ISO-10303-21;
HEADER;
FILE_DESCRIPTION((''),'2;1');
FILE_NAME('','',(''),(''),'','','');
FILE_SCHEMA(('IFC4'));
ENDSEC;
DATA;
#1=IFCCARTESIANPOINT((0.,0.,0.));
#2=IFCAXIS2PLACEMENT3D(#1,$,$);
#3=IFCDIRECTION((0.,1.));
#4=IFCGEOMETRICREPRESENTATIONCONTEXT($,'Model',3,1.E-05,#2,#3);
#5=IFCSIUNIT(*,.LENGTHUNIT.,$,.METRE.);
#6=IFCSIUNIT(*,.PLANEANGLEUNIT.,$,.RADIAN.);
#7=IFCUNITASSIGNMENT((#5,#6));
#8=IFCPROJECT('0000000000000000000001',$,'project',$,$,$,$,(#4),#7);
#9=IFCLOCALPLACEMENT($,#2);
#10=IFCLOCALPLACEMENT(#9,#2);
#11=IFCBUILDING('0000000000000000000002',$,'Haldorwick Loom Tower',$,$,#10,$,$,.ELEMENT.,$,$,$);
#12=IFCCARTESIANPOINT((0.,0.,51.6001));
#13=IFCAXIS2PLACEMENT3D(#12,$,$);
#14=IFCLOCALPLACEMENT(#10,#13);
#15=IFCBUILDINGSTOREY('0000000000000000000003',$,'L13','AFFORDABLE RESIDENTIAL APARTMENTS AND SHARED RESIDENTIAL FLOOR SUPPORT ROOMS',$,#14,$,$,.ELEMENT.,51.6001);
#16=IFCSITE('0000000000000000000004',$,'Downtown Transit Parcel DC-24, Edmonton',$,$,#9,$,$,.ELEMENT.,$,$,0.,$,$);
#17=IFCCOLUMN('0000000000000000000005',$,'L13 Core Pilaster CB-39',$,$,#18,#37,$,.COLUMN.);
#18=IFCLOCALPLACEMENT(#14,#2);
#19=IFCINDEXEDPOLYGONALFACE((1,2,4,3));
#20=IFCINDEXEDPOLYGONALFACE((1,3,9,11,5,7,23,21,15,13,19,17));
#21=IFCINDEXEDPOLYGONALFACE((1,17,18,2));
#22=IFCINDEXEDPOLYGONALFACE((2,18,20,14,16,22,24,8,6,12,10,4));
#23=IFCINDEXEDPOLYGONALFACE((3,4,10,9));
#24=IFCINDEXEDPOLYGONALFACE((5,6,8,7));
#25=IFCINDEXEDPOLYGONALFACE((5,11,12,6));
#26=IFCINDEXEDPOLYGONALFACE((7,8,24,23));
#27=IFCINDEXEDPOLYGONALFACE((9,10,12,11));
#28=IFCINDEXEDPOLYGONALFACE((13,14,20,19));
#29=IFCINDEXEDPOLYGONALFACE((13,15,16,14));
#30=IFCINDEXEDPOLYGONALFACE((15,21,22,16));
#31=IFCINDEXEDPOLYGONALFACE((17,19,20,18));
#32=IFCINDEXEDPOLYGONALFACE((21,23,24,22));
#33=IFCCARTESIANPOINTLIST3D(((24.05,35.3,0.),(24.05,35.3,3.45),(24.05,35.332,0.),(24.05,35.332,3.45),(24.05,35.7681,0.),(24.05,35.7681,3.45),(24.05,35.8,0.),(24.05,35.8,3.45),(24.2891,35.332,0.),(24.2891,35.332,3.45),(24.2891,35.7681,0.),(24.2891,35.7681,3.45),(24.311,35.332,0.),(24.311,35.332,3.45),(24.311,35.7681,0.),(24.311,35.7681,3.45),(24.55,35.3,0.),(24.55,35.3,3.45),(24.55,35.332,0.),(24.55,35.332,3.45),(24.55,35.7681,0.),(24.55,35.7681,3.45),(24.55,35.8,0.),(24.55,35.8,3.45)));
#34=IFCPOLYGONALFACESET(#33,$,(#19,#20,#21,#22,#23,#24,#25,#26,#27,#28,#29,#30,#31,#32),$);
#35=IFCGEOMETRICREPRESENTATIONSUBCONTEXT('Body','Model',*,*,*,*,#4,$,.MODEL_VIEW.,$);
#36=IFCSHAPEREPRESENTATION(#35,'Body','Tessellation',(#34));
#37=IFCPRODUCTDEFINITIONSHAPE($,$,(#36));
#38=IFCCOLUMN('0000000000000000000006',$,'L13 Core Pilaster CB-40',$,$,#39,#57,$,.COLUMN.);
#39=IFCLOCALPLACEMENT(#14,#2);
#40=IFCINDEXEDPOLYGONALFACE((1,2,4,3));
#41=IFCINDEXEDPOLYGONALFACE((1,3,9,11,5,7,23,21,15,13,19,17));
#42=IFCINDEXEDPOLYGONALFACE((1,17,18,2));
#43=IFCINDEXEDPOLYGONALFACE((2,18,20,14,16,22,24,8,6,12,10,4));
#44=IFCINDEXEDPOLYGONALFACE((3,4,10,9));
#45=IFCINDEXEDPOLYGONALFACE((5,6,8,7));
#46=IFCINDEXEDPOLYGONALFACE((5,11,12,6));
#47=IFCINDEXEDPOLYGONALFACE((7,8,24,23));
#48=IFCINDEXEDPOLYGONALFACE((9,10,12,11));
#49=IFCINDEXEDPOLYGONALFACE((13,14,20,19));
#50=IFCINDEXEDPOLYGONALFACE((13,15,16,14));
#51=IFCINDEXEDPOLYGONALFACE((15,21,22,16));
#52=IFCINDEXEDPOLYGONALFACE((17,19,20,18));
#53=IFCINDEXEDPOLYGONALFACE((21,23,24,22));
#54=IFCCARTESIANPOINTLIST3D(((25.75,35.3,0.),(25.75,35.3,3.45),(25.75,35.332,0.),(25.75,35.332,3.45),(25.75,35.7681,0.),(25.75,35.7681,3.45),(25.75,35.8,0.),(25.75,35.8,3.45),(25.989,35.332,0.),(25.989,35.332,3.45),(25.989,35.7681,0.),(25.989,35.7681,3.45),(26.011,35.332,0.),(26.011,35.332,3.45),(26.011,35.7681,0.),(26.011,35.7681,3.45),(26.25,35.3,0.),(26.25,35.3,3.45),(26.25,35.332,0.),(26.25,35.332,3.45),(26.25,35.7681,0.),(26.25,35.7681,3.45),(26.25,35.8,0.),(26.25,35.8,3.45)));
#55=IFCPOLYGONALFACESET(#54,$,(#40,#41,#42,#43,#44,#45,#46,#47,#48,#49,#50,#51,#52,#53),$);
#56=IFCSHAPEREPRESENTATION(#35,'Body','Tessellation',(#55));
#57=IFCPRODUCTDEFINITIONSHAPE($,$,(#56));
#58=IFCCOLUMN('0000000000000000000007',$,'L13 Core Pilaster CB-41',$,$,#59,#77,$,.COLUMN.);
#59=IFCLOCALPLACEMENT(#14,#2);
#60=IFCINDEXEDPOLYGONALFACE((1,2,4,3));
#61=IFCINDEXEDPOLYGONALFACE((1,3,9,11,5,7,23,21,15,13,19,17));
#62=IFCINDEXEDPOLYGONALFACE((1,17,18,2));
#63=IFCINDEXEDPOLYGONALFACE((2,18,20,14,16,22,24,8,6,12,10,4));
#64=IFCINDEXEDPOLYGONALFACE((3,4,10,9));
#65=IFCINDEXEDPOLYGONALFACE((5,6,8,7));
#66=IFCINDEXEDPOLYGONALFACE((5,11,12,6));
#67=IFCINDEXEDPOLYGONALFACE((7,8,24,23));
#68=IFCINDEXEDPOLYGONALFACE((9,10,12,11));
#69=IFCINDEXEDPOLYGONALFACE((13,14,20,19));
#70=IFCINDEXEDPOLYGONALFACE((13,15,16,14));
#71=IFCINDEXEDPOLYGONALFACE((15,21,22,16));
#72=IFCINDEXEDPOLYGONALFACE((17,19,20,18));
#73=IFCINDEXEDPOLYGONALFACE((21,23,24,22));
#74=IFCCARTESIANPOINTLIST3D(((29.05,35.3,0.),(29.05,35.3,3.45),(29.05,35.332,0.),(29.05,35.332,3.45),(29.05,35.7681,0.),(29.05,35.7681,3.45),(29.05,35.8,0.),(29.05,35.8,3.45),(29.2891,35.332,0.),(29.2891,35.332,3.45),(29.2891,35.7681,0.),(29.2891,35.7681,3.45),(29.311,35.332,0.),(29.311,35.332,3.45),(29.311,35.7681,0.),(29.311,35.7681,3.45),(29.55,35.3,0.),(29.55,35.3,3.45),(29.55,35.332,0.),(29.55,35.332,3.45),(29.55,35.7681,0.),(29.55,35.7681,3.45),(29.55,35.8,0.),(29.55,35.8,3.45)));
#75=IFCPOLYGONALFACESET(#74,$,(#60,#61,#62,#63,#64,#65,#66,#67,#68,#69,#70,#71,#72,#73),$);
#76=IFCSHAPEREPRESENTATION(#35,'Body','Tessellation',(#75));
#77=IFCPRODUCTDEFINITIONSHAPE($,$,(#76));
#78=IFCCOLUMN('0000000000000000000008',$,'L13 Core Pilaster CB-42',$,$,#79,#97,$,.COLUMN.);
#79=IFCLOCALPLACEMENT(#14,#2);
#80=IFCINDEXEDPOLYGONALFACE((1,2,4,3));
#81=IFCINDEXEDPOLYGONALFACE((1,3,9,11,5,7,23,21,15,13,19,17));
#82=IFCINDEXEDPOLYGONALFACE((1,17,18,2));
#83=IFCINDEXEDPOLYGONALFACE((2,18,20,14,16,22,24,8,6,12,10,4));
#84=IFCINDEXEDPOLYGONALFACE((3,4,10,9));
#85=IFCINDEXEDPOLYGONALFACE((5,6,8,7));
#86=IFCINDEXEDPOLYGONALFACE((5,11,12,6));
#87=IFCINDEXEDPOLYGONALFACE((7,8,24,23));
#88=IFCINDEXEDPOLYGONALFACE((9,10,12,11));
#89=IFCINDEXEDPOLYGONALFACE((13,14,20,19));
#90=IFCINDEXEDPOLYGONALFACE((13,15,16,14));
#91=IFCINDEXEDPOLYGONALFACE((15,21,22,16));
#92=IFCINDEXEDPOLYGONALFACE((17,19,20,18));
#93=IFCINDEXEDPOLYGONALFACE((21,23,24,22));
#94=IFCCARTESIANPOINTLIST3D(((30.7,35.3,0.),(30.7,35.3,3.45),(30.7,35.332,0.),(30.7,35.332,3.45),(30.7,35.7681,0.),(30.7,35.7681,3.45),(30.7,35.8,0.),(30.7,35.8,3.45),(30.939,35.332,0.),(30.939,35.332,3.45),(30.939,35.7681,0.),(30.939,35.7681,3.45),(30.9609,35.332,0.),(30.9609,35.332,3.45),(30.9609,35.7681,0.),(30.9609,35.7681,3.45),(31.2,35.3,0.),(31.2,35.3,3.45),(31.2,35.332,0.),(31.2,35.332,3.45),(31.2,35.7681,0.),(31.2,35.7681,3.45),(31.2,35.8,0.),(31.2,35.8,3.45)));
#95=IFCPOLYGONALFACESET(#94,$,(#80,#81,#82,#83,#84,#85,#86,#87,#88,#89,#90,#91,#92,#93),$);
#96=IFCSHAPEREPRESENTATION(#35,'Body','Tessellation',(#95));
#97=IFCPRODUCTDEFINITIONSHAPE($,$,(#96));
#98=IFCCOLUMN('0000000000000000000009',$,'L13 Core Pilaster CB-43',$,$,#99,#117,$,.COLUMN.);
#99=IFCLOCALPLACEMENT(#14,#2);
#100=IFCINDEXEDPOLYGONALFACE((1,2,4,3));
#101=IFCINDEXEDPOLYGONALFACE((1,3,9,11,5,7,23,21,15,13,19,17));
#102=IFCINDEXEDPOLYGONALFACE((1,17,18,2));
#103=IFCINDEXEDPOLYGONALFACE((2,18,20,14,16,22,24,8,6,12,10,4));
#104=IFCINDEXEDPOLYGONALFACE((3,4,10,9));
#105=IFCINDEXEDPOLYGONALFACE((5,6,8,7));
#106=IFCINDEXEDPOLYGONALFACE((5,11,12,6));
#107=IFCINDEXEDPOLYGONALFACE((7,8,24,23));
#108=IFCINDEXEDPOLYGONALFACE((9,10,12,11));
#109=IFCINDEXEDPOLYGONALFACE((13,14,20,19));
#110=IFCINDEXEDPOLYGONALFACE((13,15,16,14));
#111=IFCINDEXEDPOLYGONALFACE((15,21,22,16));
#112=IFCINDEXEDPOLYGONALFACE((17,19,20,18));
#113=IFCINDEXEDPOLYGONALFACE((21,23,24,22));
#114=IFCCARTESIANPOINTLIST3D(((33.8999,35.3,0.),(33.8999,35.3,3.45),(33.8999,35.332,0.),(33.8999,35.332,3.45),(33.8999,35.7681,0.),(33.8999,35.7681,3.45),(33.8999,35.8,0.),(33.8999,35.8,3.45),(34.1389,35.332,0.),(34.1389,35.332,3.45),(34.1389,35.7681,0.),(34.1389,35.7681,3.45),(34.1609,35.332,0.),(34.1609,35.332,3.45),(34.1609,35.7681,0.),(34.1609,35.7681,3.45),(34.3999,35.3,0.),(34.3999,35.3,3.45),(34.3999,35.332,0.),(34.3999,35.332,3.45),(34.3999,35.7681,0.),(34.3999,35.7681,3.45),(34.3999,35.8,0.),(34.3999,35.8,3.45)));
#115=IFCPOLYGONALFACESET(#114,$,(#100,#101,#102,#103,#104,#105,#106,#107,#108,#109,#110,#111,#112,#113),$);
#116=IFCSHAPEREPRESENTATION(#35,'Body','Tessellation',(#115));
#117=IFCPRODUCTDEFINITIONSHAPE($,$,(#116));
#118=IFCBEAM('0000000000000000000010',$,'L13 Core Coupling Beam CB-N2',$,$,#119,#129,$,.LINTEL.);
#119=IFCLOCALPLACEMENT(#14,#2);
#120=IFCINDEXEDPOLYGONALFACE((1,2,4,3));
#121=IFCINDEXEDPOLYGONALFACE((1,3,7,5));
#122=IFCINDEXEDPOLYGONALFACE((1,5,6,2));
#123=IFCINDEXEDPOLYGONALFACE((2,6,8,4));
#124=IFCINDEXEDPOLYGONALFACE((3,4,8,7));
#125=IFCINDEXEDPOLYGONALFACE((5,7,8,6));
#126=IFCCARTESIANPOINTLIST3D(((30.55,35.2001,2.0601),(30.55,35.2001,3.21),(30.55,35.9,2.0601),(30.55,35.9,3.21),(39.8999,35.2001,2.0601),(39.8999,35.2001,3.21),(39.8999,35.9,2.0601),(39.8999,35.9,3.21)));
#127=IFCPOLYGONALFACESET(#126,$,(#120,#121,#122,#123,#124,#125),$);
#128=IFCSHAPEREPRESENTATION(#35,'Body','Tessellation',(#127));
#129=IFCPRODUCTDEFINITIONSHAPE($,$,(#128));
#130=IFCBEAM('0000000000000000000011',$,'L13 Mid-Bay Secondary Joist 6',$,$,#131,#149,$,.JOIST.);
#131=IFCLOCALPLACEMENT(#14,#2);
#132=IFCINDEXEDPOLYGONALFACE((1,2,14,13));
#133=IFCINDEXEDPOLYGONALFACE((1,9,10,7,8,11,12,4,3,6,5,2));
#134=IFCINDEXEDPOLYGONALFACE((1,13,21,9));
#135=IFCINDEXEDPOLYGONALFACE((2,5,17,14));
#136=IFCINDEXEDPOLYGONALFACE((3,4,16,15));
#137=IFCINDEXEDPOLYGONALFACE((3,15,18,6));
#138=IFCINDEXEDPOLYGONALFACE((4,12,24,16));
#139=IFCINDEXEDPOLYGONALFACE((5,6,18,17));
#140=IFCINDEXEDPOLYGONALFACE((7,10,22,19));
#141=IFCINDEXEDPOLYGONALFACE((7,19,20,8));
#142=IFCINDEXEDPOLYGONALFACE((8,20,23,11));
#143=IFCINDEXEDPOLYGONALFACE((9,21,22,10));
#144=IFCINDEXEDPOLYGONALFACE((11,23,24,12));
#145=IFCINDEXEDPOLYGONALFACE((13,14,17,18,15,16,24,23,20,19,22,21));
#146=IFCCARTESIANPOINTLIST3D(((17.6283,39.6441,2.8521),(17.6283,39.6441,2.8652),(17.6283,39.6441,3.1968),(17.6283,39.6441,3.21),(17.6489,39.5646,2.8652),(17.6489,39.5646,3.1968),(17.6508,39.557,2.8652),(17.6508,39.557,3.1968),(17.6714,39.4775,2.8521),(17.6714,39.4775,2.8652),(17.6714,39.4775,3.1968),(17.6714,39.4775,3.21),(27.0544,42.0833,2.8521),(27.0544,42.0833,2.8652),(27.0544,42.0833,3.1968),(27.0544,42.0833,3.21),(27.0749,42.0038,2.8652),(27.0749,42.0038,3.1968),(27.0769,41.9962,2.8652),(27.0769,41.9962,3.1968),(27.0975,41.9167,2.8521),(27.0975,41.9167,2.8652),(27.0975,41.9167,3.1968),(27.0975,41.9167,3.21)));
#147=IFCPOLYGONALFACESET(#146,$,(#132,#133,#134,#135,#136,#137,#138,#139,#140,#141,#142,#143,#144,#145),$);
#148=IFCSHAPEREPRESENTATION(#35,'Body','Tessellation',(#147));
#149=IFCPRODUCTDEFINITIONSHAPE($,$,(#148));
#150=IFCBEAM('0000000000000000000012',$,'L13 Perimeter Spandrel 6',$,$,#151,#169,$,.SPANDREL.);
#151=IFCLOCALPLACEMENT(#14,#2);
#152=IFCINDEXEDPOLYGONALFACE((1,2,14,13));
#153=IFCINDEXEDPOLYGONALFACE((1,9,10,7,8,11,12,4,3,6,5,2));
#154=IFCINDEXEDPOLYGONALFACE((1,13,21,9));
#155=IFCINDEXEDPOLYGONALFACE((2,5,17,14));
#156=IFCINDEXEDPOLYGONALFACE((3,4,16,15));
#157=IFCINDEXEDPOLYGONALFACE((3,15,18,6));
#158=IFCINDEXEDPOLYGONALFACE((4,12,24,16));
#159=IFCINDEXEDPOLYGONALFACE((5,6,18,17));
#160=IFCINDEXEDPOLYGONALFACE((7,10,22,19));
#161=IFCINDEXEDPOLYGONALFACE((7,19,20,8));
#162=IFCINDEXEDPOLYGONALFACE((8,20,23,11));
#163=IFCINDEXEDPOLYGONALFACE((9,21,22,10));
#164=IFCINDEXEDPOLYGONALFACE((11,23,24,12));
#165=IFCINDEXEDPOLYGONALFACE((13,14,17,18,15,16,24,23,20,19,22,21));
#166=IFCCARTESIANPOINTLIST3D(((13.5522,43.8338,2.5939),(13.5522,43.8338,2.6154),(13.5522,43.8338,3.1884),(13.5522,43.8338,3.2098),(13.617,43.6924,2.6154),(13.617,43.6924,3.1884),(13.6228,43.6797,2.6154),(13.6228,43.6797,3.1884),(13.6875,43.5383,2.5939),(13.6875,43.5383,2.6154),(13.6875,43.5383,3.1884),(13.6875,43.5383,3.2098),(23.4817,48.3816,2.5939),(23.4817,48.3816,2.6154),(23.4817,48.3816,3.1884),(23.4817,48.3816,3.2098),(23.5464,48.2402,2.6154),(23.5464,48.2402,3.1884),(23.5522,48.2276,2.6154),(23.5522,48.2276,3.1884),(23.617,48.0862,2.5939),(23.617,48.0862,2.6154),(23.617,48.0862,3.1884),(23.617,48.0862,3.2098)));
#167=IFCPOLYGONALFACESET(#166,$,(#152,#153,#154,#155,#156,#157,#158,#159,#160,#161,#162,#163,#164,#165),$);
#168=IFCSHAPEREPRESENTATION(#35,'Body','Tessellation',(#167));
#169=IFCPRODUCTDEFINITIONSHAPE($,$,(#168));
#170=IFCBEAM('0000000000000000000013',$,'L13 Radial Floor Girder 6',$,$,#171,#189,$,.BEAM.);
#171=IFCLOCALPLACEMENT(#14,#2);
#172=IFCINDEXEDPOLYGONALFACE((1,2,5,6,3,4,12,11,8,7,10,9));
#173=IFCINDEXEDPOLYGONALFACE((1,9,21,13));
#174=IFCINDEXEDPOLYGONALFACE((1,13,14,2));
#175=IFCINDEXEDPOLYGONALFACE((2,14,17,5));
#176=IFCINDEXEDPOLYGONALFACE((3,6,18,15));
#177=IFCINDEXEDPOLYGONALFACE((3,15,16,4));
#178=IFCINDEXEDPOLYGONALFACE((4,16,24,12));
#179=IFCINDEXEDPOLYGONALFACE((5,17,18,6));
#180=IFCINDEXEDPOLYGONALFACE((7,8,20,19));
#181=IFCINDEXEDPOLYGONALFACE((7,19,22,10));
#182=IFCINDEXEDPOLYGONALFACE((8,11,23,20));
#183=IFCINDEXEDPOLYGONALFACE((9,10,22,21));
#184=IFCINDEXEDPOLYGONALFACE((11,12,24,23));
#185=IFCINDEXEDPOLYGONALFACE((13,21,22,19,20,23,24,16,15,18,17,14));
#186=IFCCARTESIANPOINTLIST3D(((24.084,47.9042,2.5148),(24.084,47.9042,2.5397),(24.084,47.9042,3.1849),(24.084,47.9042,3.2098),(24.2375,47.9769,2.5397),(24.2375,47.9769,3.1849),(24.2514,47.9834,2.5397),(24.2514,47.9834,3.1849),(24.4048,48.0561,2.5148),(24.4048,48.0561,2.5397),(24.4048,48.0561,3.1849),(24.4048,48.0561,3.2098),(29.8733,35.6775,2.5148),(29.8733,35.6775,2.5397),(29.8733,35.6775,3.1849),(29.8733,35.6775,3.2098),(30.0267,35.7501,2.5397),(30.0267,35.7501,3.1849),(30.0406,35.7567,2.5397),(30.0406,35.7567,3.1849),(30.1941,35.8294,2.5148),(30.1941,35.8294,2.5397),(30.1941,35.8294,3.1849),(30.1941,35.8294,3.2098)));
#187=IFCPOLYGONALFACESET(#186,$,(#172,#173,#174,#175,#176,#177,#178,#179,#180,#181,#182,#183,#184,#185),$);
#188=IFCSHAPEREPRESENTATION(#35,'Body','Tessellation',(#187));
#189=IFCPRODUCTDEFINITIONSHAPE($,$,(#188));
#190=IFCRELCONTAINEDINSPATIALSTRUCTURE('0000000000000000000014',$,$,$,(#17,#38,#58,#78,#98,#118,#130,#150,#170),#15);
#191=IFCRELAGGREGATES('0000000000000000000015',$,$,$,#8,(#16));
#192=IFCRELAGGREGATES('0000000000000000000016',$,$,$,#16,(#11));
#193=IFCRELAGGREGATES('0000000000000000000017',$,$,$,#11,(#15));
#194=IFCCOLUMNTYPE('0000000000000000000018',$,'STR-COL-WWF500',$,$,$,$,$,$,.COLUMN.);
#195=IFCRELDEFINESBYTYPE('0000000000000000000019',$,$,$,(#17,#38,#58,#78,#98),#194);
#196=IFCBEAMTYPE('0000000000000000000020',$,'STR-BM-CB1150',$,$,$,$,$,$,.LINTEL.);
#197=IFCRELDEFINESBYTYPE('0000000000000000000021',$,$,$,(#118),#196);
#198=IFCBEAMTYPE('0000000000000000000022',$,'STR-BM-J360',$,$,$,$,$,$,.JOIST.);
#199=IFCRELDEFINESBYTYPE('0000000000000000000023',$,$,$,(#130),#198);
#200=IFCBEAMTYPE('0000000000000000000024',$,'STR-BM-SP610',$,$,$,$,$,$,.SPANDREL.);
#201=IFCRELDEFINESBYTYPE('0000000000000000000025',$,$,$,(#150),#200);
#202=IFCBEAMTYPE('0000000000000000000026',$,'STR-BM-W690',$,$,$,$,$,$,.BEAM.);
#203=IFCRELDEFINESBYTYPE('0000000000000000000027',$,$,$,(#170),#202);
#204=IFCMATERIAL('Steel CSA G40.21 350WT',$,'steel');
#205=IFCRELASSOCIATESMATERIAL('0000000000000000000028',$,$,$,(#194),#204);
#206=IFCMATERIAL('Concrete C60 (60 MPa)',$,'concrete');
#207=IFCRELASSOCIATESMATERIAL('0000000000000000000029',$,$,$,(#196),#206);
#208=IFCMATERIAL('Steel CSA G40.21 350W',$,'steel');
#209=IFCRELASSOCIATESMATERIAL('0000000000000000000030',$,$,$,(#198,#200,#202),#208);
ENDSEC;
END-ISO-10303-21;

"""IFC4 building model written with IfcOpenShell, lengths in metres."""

from ifc_helpers import new_model, si_unit, direction, frame, origin, origin_2d, place, context, subcontext, project, spatial, rectangle, i_section, extrude, material, material_profile, profile_set, type_object, element, save


model = new_model("IFC4")

# Units and contexts
model_context = context("Model", 3, precision=1e-05, world=origin(), true_north=direction((0.0, 1.0)))
body_context = subcontext(model_context, "Body", "Model", "MODEL_VIEW")
ifc_project = project(units=[si_unit("LENGTHUNIT", "METRE"), si_unit("PLANEANGLEUNIT", "RADIAN")], contexts=[model_context])

# Site, building, storey
site_placement = place(None, origin())
site = spatial("IfcSite", under=ifc_project, at=site_placement, Name="Downtown Transit Parcel DC-24, Edmonton", CompositionType="ELEMENT", RefElevation=0.0)
building_placement = place(site_placement, origin())
building = spatial("IfcBuilding", under=site, at=building_placement, Name="Haldorwick Loom Tower", CompositionType="ELEMENT")
storey_placement = place(building_placement, frame((0.0, 0.0, 51.6001)))
storey = spatial("IfcBuildingStorey", under=building, at=storey_placement, Name="L13", Description="AFFORDABLE RESIDENTIAL APARTMENTS AND SHARED RESIDENTIAL FLOOR SUPPORT ROOMS", CompositionType="ELEMENT", Elevation=51.6001)

# Columns
ifc_material_1 = material(Name="Concrete C60 (60 MPa)", Category="concrete")
ifc_material_2 = material(Name="Steel CSA G40.21 350WT", Category="steel")
ifc_material_profile_1 = material_profile(ifc_material_2, i_section(OverallWidth=0.5, OverallDepth=0.5, WebThickness=0.022, FlangeThickness=0.032, at=origin_2d()), Name="WWF500X500", Category="steel")
ifc_profile_set_1 = profile_set([ifc_material_profile_1], Name="Steel CSA G40.21 350WT")
column_type_1 = type_object("IfcColumnType", Name="STR-COL-WWF500", PredefinedType="COLUMN", material=ifc_profile_set_1)
for number, where, z_axis, x_axis, name in (
    (1, (24.3, 35.55, 0.0), (0.0, 0.0, 1.0), (1.0, 0.0, 0.0), "L13 Core Pilaster CB-39"),
    (2, (26.0, 35.55, 0.0), (0.0, 0.0, 1.0), (1.0, 0.0, 0.0), "L13 Core Pilaster CB-40"),
    (3, (29.3, 35.55, 0.0), (0.0, 0.0, 1.0), (1.0, 0.0, 0.0), "L13 Core Pilaster CB-41"),
    (4, (30.95, 35.55, 0.0), (0.0, 0.0, 1.0), (1.0, 0.0, 0.0), "L13 Core Pilaster CB-42"),
    (5, (34.1499, 35.55, 0.0), (0.0, 0.0, 1.0), (1.0, 0.0, 0.0), "L13 Core Pilaster CB-43"),
):
    element("IfcColumn", number, at=place(storey_placement, frame(where, z_axis=z_axis, x_axis=x_axis)), inside=storey, type_object=column_type_1, Name=name, PredefinedType="COLUMN", context=body_context, shape_type="SweptSolid", body=[
        extrude(i_section(OverallWidth=0.5, OverallDepth=0.5, WebThickness=0.022, FlangeThickness=0.032, at=origin_2d()), origin(), (0.0, 0.0, 1.0), 3.45),
    ])

# Beams
ifc_material_profile_2 = material_profile(ifc_material_1, rectangle(XDim=0.7, YDim=1.1499, at=origin_2d()), Name="RC700X1150", Category="concrete")
ifc_profile_set_2 = profile_set([ifc_material_profile_2], Name="Concrete C60 (60 MPa)")
beam_type_1 = type_object("IfcBeamType", Name="STR-BM-CB1150", PredefinedType="LINTEL", material=ifc_profile_set_2)
beam_1_placement = place(storey_placement, frame((30.55, 35.55, 2.635), z_axis=(1.0, 0.0, 0.0), x_axis=(0.0, 1.0, 0.0)))
element("IfcBeam", 6, at=beam_1_placement, inside=storey, type_object=beam_type_1, Name="L13 Core Coupling Beam CB-N2", PredefinedType="LINTEL", context=body_context, shape_type="SweptSolid", body=[
    extrude(rectangle(XDim=0.7, YDim=1.1499, at=origin_2d()), origin(), (0.0, 0.0, 1.0), 9.3499),
])
ifc_material_3 = material(Name="Steel CSA G40.21 350W", Category="steel")
ifc_material_profile_3 = material_profile(ifc_material_3, i_section(OverallWidth=0.1721, OverallDepth=0.3579, WebThickness=0.0078, FlangeThickness=0.0132, at=origin_2d()), Name="W360X57", Category="steel")
ifc_profile_set_3 = profile_set([ifc_material_profile_3], Name="Steel CSA G40.21 350W")
beam_type_2 = type_object("IfcBeamType", Name="STR-BM-J360", PredefinedType="JOIST", material=ifc_profile_set_3)
beam_2_placement = place(storey_placement, frame((27.0759, 42.0, 3.031), z_axis=(-0.968111, -0.250522, 0.0), x_axis=(0.250522, -0.968111, 0.0)))
element("IfcBeam", 7, at=beam_2_placement, inside=storey, type_object=beam_type_2, Name="L13 Mid-Bay Secondary Joist 6", PredefinedType="JOIST", context=body_context, shape_type="SweptSolid", body=[
    extrude(i_section(OverallWidth=0.1721, OverallDepth=0.3579, WebThickness=0.0078, FlangeThickness=0.0132, at=origin_2d()), origin(), (0.0, 0.0, 1.0), 9.7366),
])
ifc_material_profile_4 = material_profile(ifc_material_3, i_section(OverallWidth=0.325, OverallDepth=0.616, WebThickness=0.0139, FlangeThickness=0.0215, at=origin_2d()), Name="W610X174", Category="steel")
ifc_profile_set_4 = profile_set([ifc_material_profile_4], Name="Steel CSA G40.21 350W")
beam_type_3 = type_object("IfcBeamType", Name="STR-BM-SP610", PredefinedType="SPANDREL", material=ifc_profile_set_4)
beam_3_placement = place(storey_placement, frame((23.5493, 48.2339, 2.9019), z_axis=(-0.909174, -0.416417, 0.0), x_axis=(0.416417, -0.909174, 0.0)))
element("IfcBeam", 8, at=beam_3_placement, inside=storey, type_object=beam_type_3, Name="L13 Perimeter Spandrel 6", PredefinedType="SPANDREL", context=body_context, shape_type="SweptSolid", body=[
    extrude(i_section(OverallWidth=0.325, OverallDepth=0.616, WebThickness=0.0139, FlangeThickness=0.0215, at=origin_2d()), origin(), (0.0, 0.0, 1.0), 10.9214),
])
ifc_material_profile_5 = material_profile(ifc_material_3, i_section(OverallWidth=0.355, OverallDepth=0.6951, WebThickness=0.0154, FlangeThickness=0.0249, at=origin_2d()), Name="W690X217", Category="steel")
ifc_profile_set_5 = profile_set([ifc_material_profile_5], Name="Steel CSA G40.21 350W")
beam_type_4 = type_object("IfcBeamType", Name="STR-BM-W690", PredefinedType="BEAM", material=ifc_profile_set_5)
beam_4_placement = place(storey_placement, frame((30.0337, 35.7534, 2.8623), z_axis=(-0.427945, 0.903805, 0.0), x_axis=(-0.903805, -0.427945, 0.0)))
element("IfcBeam", 9, at=beam_4_placement, inside=storey, type_object=beam_type_4, Name="L13 Radial Floor Girder 6", PredefinedType="BEAM", context=body_context, shape_type="SweptSolid", body=[
    extrude(i_section(OverallWidth=0.355, OverallDepth=0.6951, WebThickness=0.0154, FlangeThickness=0.0249, at=origin_2d()), origin(), (0.0, 0.0, 1.0), 13.5281),
])

save(model, "model.ifc")
